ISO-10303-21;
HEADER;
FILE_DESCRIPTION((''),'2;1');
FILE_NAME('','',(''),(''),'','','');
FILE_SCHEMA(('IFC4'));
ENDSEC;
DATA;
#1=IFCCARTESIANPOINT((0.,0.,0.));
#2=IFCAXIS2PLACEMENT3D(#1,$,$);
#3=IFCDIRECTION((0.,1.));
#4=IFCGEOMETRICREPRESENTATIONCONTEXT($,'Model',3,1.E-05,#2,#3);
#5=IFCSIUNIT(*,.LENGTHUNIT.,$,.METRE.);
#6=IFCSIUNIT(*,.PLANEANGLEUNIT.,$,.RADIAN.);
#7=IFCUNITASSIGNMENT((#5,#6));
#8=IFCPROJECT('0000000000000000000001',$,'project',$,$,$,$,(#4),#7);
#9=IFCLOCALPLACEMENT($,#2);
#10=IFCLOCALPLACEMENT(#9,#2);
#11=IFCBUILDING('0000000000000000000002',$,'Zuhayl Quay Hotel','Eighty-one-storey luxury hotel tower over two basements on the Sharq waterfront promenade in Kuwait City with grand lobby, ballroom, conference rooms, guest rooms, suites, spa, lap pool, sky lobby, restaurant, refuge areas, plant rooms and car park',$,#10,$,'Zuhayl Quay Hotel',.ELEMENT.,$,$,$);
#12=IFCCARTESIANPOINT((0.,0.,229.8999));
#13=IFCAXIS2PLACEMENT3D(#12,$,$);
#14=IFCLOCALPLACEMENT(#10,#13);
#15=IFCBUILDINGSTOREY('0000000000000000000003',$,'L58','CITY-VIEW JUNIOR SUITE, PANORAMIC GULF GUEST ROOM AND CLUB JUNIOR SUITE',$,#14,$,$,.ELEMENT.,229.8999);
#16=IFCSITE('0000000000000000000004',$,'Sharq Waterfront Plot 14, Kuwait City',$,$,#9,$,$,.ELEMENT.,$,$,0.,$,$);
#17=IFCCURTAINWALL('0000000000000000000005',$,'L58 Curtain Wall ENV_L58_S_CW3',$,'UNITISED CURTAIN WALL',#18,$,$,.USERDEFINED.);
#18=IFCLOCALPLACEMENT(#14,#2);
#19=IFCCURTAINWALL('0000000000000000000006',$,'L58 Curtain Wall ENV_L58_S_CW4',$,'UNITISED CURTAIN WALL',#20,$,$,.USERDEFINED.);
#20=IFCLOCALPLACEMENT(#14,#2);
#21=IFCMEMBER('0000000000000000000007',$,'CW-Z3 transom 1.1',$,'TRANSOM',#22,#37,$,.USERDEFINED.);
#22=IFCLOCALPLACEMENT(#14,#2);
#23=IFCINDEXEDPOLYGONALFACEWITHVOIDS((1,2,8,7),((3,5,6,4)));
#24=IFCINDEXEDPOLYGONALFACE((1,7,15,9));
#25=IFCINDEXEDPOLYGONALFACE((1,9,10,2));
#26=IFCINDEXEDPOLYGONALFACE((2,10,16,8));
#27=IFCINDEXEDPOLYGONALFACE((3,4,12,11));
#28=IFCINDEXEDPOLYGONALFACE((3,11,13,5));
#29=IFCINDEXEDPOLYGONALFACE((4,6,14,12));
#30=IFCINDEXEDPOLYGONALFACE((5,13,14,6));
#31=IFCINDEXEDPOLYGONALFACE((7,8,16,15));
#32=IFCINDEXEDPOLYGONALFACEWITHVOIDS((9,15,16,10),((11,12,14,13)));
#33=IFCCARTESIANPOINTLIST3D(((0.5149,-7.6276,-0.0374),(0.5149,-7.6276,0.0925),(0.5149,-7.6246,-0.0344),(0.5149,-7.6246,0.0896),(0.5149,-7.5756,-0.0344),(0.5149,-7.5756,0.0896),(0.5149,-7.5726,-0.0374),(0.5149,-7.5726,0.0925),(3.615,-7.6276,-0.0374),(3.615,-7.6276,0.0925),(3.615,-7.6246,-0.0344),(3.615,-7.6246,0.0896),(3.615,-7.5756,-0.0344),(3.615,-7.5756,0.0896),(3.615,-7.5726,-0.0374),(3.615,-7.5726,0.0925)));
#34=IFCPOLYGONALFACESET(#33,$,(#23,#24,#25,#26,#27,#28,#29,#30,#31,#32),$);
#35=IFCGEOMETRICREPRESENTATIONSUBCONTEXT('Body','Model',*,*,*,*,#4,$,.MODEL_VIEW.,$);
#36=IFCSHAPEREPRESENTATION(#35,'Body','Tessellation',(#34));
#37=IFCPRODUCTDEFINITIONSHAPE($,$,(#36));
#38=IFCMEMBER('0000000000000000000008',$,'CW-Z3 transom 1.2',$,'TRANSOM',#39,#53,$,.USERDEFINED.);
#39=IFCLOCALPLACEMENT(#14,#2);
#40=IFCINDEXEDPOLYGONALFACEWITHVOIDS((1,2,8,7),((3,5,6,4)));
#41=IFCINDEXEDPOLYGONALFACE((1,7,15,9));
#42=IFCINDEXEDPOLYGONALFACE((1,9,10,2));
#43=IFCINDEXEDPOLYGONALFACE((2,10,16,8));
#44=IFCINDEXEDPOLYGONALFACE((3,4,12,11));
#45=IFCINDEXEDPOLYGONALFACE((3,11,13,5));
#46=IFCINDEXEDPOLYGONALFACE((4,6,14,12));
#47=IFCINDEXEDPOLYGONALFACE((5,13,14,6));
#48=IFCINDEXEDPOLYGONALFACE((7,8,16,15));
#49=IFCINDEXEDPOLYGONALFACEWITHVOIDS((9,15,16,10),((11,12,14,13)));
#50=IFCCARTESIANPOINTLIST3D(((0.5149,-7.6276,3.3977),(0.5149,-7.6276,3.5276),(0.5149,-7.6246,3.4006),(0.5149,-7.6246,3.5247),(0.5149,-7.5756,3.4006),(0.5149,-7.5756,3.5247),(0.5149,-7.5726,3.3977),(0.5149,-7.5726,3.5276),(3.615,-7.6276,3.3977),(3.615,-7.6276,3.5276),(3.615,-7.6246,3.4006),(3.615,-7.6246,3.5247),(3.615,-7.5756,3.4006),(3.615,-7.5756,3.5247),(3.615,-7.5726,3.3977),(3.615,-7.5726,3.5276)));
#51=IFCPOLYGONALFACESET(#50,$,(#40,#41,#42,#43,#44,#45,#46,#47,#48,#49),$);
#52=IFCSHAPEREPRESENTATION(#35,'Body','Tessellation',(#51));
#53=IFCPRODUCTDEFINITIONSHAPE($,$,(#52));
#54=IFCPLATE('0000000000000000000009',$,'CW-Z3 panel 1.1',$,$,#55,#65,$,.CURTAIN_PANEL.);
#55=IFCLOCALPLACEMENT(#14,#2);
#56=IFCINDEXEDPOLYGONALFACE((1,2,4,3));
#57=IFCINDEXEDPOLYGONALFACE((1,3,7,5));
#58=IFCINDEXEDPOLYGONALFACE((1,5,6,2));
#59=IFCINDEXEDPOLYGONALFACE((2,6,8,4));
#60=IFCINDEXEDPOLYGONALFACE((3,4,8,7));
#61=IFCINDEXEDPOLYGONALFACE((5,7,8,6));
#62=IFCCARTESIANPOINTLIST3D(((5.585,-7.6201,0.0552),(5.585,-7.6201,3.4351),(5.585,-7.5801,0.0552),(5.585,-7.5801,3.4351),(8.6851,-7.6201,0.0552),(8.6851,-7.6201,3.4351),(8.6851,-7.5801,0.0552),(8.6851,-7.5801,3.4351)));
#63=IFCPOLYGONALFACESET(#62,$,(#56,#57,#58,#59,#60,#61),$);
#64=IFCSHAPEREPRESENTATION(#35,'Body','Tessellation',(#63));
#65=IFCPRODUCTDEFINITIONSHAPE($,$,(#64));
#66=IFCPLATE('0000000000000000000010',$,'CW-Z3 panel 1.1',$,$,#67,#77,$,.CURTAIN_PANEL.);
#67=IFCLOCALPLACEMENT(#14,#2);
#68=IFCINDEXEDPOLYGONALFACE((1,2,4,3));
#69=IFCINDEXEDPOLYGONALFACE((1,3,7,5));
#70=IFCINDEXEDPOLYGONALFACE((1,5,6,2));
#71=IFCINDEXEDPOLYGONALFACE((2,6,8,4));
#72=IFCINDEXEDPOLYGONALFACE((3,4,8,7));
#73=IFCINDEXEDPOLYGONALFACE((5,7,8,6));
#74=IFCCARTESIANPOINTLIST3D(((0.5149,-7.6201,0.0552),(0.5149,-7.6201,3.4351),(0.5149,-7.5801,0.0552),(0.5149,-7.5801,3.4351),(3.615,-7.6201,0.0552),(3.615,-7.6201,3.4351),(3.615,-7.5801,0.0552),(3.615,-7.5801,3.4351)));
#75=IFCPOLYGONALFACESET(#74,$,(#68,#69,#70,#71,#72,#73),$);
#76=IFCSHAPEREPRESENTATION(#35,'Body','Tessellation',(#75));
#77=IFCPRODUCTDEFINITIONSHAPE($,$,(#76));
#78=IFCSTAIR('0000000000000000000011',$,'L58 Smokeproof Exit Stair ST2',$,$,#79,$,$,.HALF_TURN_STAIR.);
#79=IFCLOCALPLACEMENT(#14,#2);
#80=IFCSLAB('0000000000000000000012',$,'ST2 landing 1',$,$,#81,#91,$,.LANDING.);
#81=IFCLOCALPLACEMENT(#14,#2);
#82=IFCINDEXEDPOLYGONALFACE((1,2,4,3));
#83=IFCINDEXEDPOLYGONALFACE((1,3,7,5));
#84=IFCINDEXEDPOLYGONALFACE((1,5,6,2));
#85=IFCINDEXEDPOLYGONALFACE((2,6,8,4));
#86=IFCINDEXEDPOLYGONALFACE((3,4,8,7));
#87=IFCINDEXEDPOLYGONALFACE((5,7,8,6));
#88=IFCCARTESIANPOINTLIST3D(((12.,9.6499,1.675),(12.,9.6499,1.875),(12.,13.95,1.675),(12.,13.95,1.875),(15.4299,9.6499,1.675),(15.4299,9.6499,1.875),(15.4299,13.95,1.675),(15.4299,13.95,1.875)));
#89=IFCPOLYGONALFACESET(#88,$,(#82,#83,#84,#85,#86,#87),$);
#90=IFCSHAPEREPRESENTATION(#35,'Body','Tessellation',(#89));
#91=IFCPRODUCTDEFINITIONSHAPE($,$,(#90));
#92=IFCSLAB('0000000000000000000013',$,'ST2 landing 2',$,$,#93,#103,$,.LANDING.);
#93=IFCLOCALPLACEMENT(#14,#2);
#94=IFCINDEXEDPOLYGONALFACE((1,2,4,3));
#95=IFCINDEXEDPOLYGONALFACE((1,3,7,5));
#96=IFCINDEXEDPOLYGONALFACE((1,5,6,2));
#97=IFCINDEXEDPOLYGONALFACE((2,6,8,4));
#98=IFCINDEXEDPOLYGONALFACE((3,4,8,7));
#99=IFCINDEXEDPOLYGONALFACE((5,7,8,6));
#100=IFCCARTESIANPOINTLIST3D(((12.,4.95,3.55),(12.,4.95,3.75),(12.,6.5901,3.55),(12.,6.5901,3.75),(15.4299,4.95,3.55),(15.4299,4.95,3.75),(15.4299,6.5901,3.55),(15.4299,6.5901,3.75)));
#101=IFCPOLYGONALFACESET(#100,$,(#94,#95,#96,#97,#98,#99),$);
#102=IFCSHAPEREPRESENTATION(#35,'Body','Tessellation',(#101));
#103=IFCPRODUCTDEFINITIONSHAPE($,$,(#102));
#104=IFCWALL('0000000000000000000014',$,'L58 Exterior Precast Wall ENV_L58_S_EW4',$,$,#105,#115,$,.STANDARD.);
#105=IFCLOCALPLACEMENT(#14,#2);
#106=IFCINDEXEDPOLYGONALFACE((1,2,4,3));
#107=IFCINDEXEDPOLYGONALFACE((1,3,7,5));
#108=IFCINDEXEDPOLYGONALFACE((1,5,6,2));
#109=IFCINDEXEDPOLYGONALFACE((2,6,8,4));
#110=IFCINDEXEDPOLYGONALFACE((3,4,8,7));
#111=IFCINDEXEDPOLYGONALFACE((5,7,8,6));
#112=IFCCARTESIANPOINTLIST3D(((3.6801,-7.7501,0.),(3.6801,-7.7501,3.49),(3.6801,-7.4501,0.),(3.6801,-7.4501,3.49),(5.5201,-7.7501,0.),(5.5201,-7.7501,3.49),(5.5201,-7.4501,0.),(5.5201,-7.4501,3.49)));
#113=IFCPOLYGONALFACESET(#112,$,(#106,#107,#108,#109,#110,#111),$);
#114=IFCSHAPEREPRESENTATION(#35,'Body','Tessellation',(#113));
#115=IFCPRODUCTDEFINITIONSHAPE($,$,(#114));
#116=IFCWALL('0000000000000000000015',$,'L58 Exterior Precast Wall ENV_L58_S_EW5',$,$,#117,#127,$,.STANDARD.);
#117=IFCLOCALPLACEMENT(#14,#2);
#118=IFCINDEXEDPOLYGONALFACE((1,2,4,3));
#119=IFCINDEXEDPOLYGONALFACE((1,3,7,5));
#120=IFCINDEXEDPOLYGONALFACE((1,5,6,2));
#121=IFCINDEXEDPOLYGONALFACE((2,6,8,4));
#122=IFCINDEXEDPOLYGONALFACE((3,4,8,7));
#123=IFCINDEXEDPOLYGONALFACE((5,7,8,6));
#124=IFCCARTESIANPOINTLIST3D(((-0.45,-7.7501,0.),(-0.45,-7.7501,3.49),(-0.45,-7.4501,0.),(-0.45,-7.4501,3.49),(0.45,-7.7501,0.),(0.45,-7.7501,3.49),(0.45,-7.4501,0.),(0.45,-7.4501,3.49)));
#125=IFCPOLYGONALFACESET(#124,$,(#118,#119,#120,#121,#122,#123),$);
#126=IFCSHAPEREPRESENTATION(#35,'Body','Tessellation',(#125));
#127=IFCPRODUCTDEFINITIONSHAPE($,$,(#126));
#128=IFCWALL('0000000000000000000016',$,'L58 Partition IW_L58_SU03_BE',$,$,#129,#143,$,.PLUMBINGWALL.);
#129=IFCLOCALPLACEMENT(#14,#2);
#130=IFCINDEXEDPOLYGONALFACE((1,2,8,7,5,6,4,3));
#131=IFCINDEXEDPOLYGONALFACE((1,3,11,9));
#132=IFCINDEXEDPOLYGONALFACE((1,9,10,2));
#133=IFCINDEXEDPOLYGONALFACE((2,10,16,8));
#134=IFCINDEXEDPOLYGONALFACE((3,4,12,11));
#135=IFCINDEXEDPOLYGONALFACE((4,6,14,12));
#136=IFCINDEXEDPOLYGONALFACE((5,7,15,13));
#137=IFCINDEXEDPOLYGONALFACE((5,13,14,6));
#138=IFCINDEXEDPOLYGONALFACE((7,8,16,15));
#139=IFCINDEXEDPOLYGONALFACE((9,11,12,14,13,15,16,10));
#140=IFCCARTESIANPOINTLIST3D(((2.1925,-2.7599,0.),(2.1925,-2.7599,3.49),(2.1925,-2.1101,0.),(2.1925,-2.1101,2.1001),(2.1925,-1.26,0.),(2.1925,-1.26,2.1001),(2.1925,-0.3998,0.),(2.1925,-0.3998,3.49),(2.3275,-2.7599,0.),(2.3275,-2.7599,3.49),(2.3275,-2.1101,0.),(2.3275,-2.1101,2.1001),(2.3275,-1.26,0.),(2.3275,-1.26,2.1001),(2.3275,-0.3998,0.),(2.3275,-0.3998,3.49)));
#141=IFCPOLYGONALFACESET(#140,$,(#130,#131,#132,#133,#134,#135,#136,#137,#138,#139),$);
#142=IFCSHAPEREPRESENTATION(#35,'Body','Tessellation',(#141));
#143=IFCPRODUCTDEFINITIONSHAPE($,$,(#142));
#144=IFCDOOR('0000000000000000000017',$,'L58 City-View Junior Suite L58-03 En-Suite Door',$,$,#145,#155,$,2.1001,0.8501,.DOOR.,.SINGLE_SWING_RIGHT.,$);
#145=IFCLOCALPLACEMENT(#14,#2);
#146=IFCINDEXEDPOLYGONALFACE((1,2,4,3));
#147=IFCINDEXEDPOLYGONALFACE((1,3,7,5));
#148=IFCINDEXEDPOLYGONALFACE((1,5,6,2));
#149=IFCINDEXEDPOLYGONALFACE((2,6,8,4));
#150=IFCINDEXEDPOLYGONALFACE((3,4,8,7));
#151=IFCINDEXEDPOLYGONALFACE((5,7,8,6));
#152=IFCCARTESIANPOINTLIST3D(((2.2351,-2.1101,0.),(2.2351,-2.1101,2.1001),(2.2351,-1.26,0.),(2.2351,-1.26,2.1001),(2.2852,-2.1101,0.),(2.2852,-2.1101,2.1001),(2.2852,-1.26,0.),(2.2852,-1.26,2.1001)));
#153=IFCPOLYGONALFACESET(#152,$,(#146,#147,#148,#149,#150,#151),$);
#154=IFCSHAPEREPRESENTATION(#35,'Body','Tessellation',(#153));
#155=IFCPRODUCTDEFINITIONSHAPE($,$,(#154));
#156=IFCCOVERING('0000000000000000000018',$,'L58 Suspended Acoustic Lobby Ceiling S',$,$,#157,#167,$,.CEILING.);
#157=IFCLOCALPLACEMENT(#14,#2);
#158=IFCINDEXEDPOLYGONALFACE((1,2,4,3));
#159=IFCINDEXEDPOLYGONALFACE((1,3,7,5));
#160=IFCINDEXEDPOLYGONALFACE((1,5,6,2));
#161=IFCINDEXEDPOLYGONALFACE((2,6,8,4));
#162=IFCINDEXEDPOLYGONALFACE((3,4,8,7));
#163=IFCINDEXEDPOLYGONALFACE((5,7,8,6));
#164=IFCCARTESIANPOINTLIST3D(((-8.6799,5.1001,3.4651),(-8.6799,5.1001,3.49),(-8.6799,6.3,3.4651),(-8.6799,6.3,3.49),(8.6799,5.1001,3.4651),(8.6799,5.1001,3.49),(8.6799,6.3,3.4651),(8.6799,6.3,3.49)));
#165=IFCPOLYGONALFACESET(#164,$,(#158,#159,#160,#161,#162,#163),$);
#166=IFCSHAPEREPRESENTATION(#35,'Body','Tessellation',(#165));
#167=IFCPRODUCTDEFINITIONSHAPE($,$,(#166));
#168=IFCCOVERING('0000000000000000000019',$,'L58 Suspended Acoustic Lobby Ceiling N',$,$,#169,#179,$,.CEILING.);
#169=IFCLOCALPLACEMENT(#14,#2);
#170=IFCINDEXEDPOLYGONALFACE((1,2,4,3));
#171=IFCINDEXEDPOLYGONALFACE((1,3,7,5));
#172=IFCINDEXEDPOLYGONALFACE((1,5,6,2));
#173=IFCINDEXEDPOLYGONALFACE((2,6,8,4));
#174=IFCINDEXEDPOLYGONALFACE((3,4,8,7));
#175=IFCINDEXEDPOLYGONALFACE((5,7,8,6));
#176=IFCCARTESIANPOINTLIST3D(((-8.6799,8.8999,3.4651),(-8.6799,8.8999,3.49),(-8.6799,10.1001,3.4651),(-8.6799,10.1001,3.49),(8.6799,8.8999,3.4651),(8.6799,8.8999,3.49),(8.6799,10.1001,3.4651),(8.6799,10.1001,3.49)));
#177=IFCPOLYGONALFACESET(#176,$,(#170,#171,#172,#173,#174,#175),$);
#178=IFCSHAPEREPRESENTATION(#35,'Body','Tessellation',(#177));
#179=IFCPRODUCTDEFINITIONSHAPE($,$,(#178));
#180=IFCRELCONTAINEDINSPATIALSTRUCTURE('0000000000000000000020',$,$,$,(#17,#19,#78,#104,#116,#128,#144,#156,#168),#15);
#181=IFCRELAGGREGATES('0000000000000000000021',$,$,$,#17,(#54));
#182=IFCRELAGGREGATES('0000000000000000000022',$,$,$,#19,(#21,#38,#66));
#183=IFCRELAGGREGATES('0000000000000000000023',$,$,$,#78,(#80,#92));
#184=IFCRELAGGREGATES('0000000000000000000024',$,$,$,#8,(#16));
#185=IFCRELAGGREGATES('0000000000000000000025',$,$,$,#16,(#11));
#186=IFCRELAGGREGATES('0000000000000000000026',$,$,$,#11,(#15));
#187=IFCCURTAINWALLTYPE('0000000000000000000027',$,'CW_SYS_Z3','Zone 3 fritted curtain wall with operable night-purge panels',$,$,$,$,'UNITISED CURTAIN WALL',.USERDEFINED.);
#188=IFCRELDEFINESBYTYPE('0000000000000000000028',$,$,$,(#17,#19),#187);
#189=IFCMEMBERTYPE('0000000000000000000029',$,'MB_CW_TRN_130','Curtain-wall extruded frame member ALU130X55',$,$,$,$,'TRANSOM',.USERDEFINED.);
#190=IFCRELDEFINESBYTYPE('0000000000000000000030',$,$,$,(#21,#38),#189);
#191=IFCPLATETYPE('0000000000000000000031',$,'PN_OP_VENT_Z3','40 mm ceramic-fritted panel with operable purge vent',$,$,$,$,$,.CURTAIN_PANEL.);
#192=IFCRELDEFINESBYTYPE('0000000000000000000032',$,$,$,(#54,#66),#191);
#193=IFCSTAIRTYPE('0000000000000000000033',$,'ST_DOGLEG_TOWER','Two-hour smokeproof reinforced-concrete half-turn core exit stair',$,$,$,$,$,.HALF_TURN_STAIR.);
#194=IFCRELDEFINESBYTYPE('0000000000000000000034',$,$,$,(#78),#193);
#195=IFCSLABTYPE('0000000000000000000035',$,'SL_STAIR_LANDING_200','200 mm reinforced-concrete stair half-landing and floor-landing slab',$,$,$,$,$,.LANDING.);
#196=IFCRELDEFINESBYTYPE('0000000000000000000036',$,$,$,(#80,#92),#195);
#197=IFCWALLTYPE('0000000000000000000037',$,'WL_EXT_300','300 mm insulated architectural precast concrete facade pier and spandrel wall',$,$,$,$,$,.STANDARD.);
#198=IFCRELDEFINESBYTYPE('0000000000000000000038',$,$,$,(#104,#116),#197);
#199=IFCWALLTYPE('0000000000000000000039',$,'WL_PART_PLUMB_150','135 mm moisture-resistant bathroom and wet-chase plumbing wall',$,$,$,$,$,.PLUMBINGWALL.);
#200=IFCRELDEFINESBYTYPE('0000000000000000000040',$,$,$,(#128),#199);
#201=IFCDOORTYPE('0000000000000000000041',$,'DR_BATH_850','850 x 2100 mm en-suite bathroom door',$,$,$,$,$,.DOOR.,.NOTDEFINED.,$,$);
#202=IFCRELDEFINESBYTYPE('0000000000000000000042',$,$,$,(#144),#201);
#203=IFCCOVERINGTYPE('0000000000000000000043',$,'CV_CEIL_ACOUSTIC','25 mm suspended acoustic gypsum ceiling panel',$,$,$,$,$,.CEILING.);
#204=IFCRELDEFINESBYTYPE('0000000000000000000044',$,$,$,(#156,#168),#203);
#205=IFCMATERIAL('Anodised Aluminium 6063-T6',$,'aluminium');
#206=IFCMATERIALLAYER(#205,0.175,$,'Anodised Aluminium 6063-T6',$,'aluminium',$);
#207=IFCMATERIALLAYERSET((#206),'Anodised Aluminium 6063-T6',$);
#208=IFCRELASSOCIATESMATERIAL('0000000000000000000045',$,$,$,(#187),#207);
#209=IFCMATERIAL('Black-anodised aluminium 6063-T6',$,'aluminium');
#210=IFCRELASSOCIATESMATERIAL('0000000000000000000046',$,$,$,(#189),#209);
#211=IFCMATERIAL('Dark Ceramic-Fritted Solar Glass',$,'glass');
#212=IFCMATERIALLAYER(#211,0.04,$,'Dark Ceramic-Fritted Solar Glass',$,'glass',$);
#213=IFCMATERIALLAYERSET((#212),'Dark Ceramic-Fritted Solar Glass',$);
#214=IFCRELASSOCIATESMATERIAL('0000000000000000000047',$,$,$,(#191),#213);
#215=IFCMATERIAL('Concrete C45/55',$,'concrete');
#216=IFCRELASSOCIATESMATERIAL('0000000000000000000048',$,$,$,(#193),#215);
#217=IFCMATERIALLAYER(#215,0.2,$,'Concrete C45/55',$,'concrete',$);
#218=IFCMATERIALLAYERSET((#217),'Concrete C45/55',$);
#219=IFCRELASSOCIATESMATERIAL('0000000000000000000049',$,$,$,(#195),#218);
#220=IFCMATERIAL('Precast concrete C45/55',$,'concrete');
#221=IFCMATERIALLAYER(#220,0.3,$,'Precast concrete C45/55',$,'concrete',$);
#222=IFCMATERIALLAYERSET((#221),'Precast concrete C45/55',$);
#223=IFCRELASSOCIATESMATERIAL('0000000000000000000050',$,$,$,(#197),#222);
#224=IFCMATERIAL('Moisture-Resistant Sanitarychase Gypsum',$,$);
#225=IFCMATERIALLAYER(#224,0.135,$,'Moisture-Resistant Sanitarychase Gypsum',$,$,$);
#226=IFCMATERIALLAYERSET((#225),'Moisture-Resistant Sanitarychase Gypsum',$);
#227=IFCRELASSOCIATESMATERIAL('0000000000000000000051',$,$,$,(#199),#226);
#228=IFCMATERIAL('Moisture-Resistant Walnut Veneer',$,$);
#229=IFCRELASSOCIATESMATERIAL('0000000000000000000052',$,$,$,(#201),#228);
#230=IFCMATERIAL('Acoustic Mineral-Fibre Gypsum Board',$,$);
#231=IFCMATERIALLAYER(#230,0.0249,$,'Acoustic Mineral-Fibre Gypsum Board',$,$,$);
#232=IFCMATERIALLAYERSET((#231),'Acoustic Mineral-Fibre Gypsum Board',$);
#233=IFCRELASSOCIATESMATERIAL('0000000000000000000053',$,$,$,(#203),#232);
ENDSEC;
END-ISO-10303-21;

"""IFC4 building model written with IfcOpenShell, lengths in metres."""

from ifc_helpers import new_model, si_unit, direction, frame, frame_2d, origin, origin_2d, place, context, subcontext, project, spatial, polyline, rectangle, hollow_rectangle, outline, extrude, material, layer, layer_set, material_profile, profile_set, type_object, element, fill, aggregate, save


model = new_model("IFC4")

# Units and contexts
model_context = context("Model", 3, precision=1e-05, world=origin(), true_north=direction((0.0, 1.0)))
body_context = subcontext(model_context, "Body", "Model", "MODEL_VIEW")
ifc_project = project(units=[si_unit("LENGTHUNIT", "METRE"), si_unit("PLANEANGLEUNIT", "RADIAN")], contexts=[model_context])

# Site, building, storey
site_placement = place(None, origin())
site = spatial("IfcSite", under=ifc_project, at=site_placement, Name="Sharq Waterfront Plot 14, Kuwait City", CompositionType="ELEMENT", RefElevation=0.0)
building_placement = place(site_placement, origin())
building = spatial("IfcBuilding", under=site, at=building_placement, Name="Zuhayl Quay Hotel", Description="Eighty-one-storey luxury hotel tower over two basements on the Sharq waterfront promenade in Kuwait City with grand lobby, ballroom, conference rooms, guest rooms, suites, spa, lap pool, sky lobby, restaurant, refuge areas, plant rooms and car park", LongName="Zuhayl Quay Hotel", CompositionType="ELEMENT")
storey_placement = place(building_placement, frame((0.0, 0.0, 229.8999)))
storey = spatial("IfcBuildingStorey", under=building, at=storey_placement, Name="L58", Description="CITY-VIEW JUNIOR SUITE, PANORAMIC GULF GUEST ROOM AND CLUB JUNIOR SUITE", CompositionType="ELEMENT", Elevation=229.8999)

# Curtain walls
ifc_material_1 = material(Name="Anodised Aluminium 6063-T6", Category="aluminium")
ifc_layer_1 = layer(ifc_material_1, 0.175, Name="Anodised Aluminium 6063-T6", Category="aluminium")
ifc_layer_set_1 = layer_set([ifc_layer_1], Name="Anodised Aluminium 6063-T6")
curtain_wall_type = type_object("IfcCurtainWallType", Name="CW_SYS_Z3", Description="Zone 3 fritted curtain wall with operable night-purge panels", ElementType="UNITISED CURTAIN WALL", PredefinedType="USERDEFINED", material=ifc_layer_set_1)
curtain_wall_1_placement = place(storey_placement, origin())
curtain_wall_1 = element("IfcCurtainWall", 1, at=curtain_wall_1_placement, inside=storey, type_object=curtain_wall_type, Name="L58 Curtain Wall ENV_L58_S_CW3", ObjectType="UNITISED CURTAIN WALL", PredefinedType="USERDEFINED")
ifc_material_2 = material(Name="Black-anodised aluminium 6063-T6", Category="aluminium")
curtain_wall_2_placement = place(storey_placement, origin())
curtain_wall_2 = element("IfcCurtainWall", 2, at=curtain_wall_2_placement, inside=storey, type_object=curtain_wall_type, Name="L58 Curtain Wall ENV_L58_S_CW4", ObjectType="UNITISED CURTAIN WALL", PredefinedType="USERDEFINED")

# Members
ifc_material_profile_1 = material_profile(ifc_material_2, hollow_rectangle(XDim=0.0549, YDim=0.1299, WallThickness=0.0029, at=origin_2d()), Name="ALU130X55")
ifc_profile_set_1 = profile_set([ifc_material_profile_1], Name="Black-anodised aluminium 6063-T6")
member_type_1 = type_object("IfcMemberType", Name="MB_CW_TRN_130", Description="Curtain-wall extruded frame member ALU130X55", ElementType="TRANSOM", PredefinedType="USERDEFINED", material=ifc_profile_set_1)
member_1_placement = place(storey_placement, frame((3.615, -7.6001, 0.0276), z_axis=(-1.0, 0.0, 0.0), x_axis=(0.0, -1.0, 0.0)))
member_1 = element("IfcMember", 3, at=member_1_placement, type_object=member_type_1, Name="CW-Z3 transom 1.1", ObjectType="TRANSOM", PredefinedType="USERDEFINED", context=body_context, shape_type="SweptSolid", body=[
    extrude(hollow_rectangle(XDim=0.0549, YDim=0.1299, WallThickness=0.0029, at=origin_2d()), origin(), (0.0, 0.0, 1.0), 3.1001),
])
member_2_placement = place(storey_placement, frame((3.615, -7.6001, 3.4626), z_axis=(-1.0, 0.0, 0.0), x_axis=(0.0, -1.0, 0.0)))
member_2 = element("IfcMember", 4, at=member_2_placement, type_object=member_type_1, Name="CW-Z3 transom 1.2", ObjectType="TRANSOM", PredefinedType="USERDEFINED", context=body_context, shape_type="SweptSolid", body=[
    extrude(hollow_rectangle(XDim=0.0549, YDim=0.1299, WallThickness=0.0029, at=origin_2d()), origin(), (0.0, 0.0, 1.0), 3.1001),
])

# Plates
ifc_material_3 = material(Name="Dark Ceramic-Fritted Solar Glass", Category="glass")
ifc_layer_2 = layer(ifc_material_3, 0.04, Name="Dark Ceramic-Fritted Solar Glass", Category="glass")
ifc_layer_set_2 = layer_set([ifc_layer_2], Name="Dark Ceramic-Fritted Solar Glass")
plate_type = type_object("IfcPlateType", Name="PN_OP_VENT_Z3", Description="40 mm ceramic-fritted panel with operable purge vent", PredefinedType="CURTAIN_PANEL", material=ifc_layer_set_2)
plate_1_placement = place(storey_placement, frame((7.135, -7.6001, 0.0552), z_axis=(0.0, 0.0, 1.0), x_axis=(-1.0, 0.0, 0.0)))
plate_1 = element("IfcPlate", 5, at=plate_1_placement, type_object=plate_type, Name="CW-Z3 panel 1.1", PredefinedType="CURTAIN_PANEL", context=body_context, shape_type="SweptSolid", body=[
    extrude(rectangle(XDim=3.1001, YDim=0.04, at=origin_2d()), origin(), (0.0, 0.0, 1.0), 3.3799),
])
aggregate(curtain_wall_1, [plate_1])
plate_2_placement = place(storey_placement, frame((2.0649, -7.6001, 0.0552), z_axis=(0.0, 0.0, 1.0), x_axis=(-1.0, 0.0, 0.0)))
plate_2 = element("IfcPlate", 6, at=plate_2_placement, type_object=plate_type, Name="CW-Z3 panel 1.1", PredefinedType="CURTAIN_PANEL", context=body_context, shape_type="SweptSolid", body=[
    extrude(rectangle(XDim=3.1001, YDim=0.04, at=origin_2d()), origin(), (0.0, 0.0, 1.0), 3.3799),
])
aggregate(curtain_wall_2, [member_1, member_2, plate_2])

# Stair, slabs
ifc_material_4 = material(Name="Concrete C45/55", Category="concrete")
stair_type = type_object("IfcStairType", Name="ST_DOGLEG_TOWER", Description="Two-hour smokeproof reinforced-concrete half-turn core exit stair", PredefinedType="HALF_TURN_STAIR", material=ifc_material_4)
stair_placement = place(storey_placement, origin())
stair = element("IfcStair", 7, at=stair_placement, inside=storey, type_object=stair_type, Name="L58 Smokeproof Exit Stair ST2", PredefinedType="HALF_TURN_STAIR")
ifc_layer_3 = layer(ifc_material_4, 0.2, Name="Concrete C45/55", Category="concrete")
ifc_layer_set_3 = layer_set([ifc_layer_3], Name="Concrete C45/55")
slab_type = type_object("IfcSlabType", Name="SL_STAIR_LANDING_200", Description="200 mm reinforced-concrete stair half-landing and floor-landing slab", PredefinedType="LANDING", material=ifc_layer_set_3)
slab_1_placement = place(storey_placement, frame((0.0, 0.0, 1.675)))
slab_1 = element("IfcSlab", 8, at=slab_1_placement, type_object=slab_type, Name="ST2 landing 1", PredefinedType="LANDING", context=body_context, shape_type="SweptSolid", body=[
    extrude(outline(polyline([(15.4299, 9.6499), (15.4299, 13.95), (12.0, 13.95), (12.0, 9.6499), (15.4299, 9.6499)])), origin(), (0.0, 0.0, 1.0), 0.2),
])
slab_2_placement = place(storey_placement, frame((0.0, 0.0, 3.55)))
slab_2 = element("IfcSlab", 9, at=slab_2_placement, type_object=slab_type, Name="ST2 landing 2", PredefinedType="LANDING", context=body_context, shape_type="SweptSolid", body=[
    extrude(outline(polyline([(15.4299, 4.95), (15.4299, 6.5901), (12.0, 6.5901), (12.0, 4.95), (15.4299, 4.95)])), origin(), (0.0, 0.0, 1.0), 0.2),
])
aggregate(stair, [slab_1, slab_2])

# Walls
ifc_material_5 = material(Name="Precast concrete C45/55", Category="concrete")
ifc_layer_4 = layer(ifc_material_5, 0.3, Name="Precast concrete C45/55", Category="concrete")
ifc_layer_set_4 = layer_set([ifc_layer_4], Name="Precast concrete C45/55")
wall_type_1 = type_object("IfcWallType", Name="WL_EXT_300", Description="300 mm insulated architectural precast concrete facade pier and spandrel wall", PredefinedType="STANDARD", material=ifc_layer_set_4)
wall_1_placement = place(storey_placement, frame((5.52, -7.6001, 0.0), z_axis=(0.0, 0.0, 1.0), x_axis=(-1.0, 0.0, 0.0)))
element("IfcWall", 10, at=wall_1_placement, inside=storey, type_object=wall_type_1, Name="L58 Exterior Precast Wall ENV_L58_S_EW4", PredefinedType="STANDARD", context=body_context, shape_type="SweptSolid", body=[
    extrude(rectangle(XDim=1.8401, YDim=0.3, at=frame_2d((0.9199, 0.0))), origin(), (0.0, 0.0, 1.0), 3.49),
])
wall_2_placement = place(storey_placement, frame((0.45, -7.6001, 0.0), z_axis=(0.0, 0.0, 1.0), x_axis=(-1.0, 0.0, 0.0)))
element("IfcWall", 11, at=wall_2_placement, inside=storey, type_object=wall_type_1, Name="L58 Exterior Precast Wall ENV_L58_S_EW5", PredefinedType="STANDARD", context=body_context, shape_type="SweptSolid", body=[
    extrude(rectangle(XDim=0.8999, YDim=0.3, at=frame_2d((0.45, 0.0))), origin(), (0.0, 0.0, 1.0), 3.49),
])

# Wall, opening, door
ifc_material_6 = material(Name="Moisture-Resistant Sanitarychase Gypsum")
ifc_layer_5 = layer(ifc_material_6, 0.135, Name="Moisture-Resistant Sanitarychase Gypsum")
ifc_layer_set_5 = layer_set([ifc_layer_5], Name="Moisture-Resistant Sanitarychase Gypsum")
wall_type_2 = type_object("IfcWallType", Name="WL_PART_PLUMB_150", Description="135 mm moisture-resistant bathroom and wet-chase plumbing wall", PredefinedType="PLUMBINGWALL", material=ifc_layer_set_5)
wall_3_placement = place(storey_placement, frame((2.26, -2.76, 0.0), z_axis=(0.0, 0.0, 1.0), x_axis=(0.0, 1.0, 0.0)))
wall_3 = element("IfcWall", 12, at=wall_3_placement, inside=storey, type_object=wall_type_2, Name="L58 Partition IW_L58_SU03_BE", PredefinedType="PLUMBINGWALL", context=body_context, shape_type="SweptSolid", body=[
    extrude(rectangle(XDim=2.3601, YDim=0.135, at=frame_2d((1.1802, 0.0))), origin(), (0.0, 0.0, 1.0), 3.49),
])
opening_placement = place(wall_3_placement, frame((0.6499, 0.0, 0.0)))
opening = element("IfcOpeningElement", 13, at=opening_placement, cuts=wall_3, PredefinedType="OPENING", context=body_context, shape_type="SweptSolid", body=[
    extrude(rectangle(XDim=0.8501, YDim=2.1001, at=frame_2d((0.425, 1.05))), frame((0.0, 0.0774, 0.0), z_axis=(0.0, -1.0, 0.0), x_axis=(1.0, 0.0, 0.0)), (0.0, 0.0, 1.0), 0.155),
])
ifc_material_7 = material(Name="Moisture-Resistant Walnut Veneer")
door_type = type_object("IfcDoorType", Name="DR_BATH_850", Description="850 x 2100 mm en-suite bathroom door", OperationType="NOTDEFINED", PredefinedType="DOOR", material=ifc_material_7)
door_placement = place(opening_placement, origin())
door = element("IfcDoor", 14, at=door_placement, inside=storey, type_object=door_type, Name="L58 City-View Junior Suite L58-03 En-Suite Door", OperationType="SINGLE_SWING_RIGHT", OverallHeight=2.1001, OverallWidth=0.8501, PredefinedType="DOOR", context=body_context, shape_type="SweptSolid", body=[
    extrude(rectangle(XDim=0.8501, YDim=2.1001, at=frame_2d((0.425, 1.05))), frame((0.0, 0.0249, 0.0), z_axis=(0.0, -1.0, 0.0), x_axis=(1.0, 0.0, 0.0)), (0.0, 0.0, 1.0), 0.05),
])
fill(opening, door)

# Coverings
ifc_material_8 = material(Name="Acoustic Mineral-Fibre Gypsum Board")
ifc_layer_6 = layer(ifc_material_8, 0.0249, Name="Acoustic Mineral-Fibre Gypsum Board")
ifc_layer_set_6 = layer_set([ifc_layer_6], Name="Acoustic Mineral-Fibre Gypsum Board")
covering_type_1 = type_object("IfcCoveringType", Name="CV_CEIL_ACOUSTIC", Description="25 mm suspended acoustic gypsum ceiling panel", PredefinedType="CEILING", material=ifc_layer_set_6)
covering_1_placement = place(storey_placement, frame((0.0, 0.0, 3.4651)))
element("IfcCovering", 15, at=covering_1_placement, inside=storey, type_object=covering_type_1, Name="L58 Suspended Acoustic Lobby Ceiling S", PredefinedType="CEILING", context=body_context, shape_type="SweptSolid", body=[
    extrude(outline(polyline([(-8.6799, 5.1001), (8.6799, 5.1001), (8.6799, 6.3), (-8.6799, 6.3), (-8.6799, 5.1001)])), origin(), (0.0, 0.0, 1.0), 0.0249),
])
covering_2_placement = place(storey_placement, frame((0.0, 0.0, 3.4651)))
element("IfcCovering", 16, at=covering_2_placement, inside=storey, type_object=covering_type_1, Name="L58 Suspended Acoustic Lobby Ceiling N", PredefinedType="CEILING", context=body_context, shape_type="SweptSolid", body=[
    extrude(outline(polyline([(-8.6799, 8.8999), (8.6799, 8.8999), (8.6799, 10.1001), (-8.6799, 10.1001), (-8.6799, 8.8999)])), origin(), (0.0, 0.0, 1.0), 0.0249),
])

save(model, "model.ifc")
